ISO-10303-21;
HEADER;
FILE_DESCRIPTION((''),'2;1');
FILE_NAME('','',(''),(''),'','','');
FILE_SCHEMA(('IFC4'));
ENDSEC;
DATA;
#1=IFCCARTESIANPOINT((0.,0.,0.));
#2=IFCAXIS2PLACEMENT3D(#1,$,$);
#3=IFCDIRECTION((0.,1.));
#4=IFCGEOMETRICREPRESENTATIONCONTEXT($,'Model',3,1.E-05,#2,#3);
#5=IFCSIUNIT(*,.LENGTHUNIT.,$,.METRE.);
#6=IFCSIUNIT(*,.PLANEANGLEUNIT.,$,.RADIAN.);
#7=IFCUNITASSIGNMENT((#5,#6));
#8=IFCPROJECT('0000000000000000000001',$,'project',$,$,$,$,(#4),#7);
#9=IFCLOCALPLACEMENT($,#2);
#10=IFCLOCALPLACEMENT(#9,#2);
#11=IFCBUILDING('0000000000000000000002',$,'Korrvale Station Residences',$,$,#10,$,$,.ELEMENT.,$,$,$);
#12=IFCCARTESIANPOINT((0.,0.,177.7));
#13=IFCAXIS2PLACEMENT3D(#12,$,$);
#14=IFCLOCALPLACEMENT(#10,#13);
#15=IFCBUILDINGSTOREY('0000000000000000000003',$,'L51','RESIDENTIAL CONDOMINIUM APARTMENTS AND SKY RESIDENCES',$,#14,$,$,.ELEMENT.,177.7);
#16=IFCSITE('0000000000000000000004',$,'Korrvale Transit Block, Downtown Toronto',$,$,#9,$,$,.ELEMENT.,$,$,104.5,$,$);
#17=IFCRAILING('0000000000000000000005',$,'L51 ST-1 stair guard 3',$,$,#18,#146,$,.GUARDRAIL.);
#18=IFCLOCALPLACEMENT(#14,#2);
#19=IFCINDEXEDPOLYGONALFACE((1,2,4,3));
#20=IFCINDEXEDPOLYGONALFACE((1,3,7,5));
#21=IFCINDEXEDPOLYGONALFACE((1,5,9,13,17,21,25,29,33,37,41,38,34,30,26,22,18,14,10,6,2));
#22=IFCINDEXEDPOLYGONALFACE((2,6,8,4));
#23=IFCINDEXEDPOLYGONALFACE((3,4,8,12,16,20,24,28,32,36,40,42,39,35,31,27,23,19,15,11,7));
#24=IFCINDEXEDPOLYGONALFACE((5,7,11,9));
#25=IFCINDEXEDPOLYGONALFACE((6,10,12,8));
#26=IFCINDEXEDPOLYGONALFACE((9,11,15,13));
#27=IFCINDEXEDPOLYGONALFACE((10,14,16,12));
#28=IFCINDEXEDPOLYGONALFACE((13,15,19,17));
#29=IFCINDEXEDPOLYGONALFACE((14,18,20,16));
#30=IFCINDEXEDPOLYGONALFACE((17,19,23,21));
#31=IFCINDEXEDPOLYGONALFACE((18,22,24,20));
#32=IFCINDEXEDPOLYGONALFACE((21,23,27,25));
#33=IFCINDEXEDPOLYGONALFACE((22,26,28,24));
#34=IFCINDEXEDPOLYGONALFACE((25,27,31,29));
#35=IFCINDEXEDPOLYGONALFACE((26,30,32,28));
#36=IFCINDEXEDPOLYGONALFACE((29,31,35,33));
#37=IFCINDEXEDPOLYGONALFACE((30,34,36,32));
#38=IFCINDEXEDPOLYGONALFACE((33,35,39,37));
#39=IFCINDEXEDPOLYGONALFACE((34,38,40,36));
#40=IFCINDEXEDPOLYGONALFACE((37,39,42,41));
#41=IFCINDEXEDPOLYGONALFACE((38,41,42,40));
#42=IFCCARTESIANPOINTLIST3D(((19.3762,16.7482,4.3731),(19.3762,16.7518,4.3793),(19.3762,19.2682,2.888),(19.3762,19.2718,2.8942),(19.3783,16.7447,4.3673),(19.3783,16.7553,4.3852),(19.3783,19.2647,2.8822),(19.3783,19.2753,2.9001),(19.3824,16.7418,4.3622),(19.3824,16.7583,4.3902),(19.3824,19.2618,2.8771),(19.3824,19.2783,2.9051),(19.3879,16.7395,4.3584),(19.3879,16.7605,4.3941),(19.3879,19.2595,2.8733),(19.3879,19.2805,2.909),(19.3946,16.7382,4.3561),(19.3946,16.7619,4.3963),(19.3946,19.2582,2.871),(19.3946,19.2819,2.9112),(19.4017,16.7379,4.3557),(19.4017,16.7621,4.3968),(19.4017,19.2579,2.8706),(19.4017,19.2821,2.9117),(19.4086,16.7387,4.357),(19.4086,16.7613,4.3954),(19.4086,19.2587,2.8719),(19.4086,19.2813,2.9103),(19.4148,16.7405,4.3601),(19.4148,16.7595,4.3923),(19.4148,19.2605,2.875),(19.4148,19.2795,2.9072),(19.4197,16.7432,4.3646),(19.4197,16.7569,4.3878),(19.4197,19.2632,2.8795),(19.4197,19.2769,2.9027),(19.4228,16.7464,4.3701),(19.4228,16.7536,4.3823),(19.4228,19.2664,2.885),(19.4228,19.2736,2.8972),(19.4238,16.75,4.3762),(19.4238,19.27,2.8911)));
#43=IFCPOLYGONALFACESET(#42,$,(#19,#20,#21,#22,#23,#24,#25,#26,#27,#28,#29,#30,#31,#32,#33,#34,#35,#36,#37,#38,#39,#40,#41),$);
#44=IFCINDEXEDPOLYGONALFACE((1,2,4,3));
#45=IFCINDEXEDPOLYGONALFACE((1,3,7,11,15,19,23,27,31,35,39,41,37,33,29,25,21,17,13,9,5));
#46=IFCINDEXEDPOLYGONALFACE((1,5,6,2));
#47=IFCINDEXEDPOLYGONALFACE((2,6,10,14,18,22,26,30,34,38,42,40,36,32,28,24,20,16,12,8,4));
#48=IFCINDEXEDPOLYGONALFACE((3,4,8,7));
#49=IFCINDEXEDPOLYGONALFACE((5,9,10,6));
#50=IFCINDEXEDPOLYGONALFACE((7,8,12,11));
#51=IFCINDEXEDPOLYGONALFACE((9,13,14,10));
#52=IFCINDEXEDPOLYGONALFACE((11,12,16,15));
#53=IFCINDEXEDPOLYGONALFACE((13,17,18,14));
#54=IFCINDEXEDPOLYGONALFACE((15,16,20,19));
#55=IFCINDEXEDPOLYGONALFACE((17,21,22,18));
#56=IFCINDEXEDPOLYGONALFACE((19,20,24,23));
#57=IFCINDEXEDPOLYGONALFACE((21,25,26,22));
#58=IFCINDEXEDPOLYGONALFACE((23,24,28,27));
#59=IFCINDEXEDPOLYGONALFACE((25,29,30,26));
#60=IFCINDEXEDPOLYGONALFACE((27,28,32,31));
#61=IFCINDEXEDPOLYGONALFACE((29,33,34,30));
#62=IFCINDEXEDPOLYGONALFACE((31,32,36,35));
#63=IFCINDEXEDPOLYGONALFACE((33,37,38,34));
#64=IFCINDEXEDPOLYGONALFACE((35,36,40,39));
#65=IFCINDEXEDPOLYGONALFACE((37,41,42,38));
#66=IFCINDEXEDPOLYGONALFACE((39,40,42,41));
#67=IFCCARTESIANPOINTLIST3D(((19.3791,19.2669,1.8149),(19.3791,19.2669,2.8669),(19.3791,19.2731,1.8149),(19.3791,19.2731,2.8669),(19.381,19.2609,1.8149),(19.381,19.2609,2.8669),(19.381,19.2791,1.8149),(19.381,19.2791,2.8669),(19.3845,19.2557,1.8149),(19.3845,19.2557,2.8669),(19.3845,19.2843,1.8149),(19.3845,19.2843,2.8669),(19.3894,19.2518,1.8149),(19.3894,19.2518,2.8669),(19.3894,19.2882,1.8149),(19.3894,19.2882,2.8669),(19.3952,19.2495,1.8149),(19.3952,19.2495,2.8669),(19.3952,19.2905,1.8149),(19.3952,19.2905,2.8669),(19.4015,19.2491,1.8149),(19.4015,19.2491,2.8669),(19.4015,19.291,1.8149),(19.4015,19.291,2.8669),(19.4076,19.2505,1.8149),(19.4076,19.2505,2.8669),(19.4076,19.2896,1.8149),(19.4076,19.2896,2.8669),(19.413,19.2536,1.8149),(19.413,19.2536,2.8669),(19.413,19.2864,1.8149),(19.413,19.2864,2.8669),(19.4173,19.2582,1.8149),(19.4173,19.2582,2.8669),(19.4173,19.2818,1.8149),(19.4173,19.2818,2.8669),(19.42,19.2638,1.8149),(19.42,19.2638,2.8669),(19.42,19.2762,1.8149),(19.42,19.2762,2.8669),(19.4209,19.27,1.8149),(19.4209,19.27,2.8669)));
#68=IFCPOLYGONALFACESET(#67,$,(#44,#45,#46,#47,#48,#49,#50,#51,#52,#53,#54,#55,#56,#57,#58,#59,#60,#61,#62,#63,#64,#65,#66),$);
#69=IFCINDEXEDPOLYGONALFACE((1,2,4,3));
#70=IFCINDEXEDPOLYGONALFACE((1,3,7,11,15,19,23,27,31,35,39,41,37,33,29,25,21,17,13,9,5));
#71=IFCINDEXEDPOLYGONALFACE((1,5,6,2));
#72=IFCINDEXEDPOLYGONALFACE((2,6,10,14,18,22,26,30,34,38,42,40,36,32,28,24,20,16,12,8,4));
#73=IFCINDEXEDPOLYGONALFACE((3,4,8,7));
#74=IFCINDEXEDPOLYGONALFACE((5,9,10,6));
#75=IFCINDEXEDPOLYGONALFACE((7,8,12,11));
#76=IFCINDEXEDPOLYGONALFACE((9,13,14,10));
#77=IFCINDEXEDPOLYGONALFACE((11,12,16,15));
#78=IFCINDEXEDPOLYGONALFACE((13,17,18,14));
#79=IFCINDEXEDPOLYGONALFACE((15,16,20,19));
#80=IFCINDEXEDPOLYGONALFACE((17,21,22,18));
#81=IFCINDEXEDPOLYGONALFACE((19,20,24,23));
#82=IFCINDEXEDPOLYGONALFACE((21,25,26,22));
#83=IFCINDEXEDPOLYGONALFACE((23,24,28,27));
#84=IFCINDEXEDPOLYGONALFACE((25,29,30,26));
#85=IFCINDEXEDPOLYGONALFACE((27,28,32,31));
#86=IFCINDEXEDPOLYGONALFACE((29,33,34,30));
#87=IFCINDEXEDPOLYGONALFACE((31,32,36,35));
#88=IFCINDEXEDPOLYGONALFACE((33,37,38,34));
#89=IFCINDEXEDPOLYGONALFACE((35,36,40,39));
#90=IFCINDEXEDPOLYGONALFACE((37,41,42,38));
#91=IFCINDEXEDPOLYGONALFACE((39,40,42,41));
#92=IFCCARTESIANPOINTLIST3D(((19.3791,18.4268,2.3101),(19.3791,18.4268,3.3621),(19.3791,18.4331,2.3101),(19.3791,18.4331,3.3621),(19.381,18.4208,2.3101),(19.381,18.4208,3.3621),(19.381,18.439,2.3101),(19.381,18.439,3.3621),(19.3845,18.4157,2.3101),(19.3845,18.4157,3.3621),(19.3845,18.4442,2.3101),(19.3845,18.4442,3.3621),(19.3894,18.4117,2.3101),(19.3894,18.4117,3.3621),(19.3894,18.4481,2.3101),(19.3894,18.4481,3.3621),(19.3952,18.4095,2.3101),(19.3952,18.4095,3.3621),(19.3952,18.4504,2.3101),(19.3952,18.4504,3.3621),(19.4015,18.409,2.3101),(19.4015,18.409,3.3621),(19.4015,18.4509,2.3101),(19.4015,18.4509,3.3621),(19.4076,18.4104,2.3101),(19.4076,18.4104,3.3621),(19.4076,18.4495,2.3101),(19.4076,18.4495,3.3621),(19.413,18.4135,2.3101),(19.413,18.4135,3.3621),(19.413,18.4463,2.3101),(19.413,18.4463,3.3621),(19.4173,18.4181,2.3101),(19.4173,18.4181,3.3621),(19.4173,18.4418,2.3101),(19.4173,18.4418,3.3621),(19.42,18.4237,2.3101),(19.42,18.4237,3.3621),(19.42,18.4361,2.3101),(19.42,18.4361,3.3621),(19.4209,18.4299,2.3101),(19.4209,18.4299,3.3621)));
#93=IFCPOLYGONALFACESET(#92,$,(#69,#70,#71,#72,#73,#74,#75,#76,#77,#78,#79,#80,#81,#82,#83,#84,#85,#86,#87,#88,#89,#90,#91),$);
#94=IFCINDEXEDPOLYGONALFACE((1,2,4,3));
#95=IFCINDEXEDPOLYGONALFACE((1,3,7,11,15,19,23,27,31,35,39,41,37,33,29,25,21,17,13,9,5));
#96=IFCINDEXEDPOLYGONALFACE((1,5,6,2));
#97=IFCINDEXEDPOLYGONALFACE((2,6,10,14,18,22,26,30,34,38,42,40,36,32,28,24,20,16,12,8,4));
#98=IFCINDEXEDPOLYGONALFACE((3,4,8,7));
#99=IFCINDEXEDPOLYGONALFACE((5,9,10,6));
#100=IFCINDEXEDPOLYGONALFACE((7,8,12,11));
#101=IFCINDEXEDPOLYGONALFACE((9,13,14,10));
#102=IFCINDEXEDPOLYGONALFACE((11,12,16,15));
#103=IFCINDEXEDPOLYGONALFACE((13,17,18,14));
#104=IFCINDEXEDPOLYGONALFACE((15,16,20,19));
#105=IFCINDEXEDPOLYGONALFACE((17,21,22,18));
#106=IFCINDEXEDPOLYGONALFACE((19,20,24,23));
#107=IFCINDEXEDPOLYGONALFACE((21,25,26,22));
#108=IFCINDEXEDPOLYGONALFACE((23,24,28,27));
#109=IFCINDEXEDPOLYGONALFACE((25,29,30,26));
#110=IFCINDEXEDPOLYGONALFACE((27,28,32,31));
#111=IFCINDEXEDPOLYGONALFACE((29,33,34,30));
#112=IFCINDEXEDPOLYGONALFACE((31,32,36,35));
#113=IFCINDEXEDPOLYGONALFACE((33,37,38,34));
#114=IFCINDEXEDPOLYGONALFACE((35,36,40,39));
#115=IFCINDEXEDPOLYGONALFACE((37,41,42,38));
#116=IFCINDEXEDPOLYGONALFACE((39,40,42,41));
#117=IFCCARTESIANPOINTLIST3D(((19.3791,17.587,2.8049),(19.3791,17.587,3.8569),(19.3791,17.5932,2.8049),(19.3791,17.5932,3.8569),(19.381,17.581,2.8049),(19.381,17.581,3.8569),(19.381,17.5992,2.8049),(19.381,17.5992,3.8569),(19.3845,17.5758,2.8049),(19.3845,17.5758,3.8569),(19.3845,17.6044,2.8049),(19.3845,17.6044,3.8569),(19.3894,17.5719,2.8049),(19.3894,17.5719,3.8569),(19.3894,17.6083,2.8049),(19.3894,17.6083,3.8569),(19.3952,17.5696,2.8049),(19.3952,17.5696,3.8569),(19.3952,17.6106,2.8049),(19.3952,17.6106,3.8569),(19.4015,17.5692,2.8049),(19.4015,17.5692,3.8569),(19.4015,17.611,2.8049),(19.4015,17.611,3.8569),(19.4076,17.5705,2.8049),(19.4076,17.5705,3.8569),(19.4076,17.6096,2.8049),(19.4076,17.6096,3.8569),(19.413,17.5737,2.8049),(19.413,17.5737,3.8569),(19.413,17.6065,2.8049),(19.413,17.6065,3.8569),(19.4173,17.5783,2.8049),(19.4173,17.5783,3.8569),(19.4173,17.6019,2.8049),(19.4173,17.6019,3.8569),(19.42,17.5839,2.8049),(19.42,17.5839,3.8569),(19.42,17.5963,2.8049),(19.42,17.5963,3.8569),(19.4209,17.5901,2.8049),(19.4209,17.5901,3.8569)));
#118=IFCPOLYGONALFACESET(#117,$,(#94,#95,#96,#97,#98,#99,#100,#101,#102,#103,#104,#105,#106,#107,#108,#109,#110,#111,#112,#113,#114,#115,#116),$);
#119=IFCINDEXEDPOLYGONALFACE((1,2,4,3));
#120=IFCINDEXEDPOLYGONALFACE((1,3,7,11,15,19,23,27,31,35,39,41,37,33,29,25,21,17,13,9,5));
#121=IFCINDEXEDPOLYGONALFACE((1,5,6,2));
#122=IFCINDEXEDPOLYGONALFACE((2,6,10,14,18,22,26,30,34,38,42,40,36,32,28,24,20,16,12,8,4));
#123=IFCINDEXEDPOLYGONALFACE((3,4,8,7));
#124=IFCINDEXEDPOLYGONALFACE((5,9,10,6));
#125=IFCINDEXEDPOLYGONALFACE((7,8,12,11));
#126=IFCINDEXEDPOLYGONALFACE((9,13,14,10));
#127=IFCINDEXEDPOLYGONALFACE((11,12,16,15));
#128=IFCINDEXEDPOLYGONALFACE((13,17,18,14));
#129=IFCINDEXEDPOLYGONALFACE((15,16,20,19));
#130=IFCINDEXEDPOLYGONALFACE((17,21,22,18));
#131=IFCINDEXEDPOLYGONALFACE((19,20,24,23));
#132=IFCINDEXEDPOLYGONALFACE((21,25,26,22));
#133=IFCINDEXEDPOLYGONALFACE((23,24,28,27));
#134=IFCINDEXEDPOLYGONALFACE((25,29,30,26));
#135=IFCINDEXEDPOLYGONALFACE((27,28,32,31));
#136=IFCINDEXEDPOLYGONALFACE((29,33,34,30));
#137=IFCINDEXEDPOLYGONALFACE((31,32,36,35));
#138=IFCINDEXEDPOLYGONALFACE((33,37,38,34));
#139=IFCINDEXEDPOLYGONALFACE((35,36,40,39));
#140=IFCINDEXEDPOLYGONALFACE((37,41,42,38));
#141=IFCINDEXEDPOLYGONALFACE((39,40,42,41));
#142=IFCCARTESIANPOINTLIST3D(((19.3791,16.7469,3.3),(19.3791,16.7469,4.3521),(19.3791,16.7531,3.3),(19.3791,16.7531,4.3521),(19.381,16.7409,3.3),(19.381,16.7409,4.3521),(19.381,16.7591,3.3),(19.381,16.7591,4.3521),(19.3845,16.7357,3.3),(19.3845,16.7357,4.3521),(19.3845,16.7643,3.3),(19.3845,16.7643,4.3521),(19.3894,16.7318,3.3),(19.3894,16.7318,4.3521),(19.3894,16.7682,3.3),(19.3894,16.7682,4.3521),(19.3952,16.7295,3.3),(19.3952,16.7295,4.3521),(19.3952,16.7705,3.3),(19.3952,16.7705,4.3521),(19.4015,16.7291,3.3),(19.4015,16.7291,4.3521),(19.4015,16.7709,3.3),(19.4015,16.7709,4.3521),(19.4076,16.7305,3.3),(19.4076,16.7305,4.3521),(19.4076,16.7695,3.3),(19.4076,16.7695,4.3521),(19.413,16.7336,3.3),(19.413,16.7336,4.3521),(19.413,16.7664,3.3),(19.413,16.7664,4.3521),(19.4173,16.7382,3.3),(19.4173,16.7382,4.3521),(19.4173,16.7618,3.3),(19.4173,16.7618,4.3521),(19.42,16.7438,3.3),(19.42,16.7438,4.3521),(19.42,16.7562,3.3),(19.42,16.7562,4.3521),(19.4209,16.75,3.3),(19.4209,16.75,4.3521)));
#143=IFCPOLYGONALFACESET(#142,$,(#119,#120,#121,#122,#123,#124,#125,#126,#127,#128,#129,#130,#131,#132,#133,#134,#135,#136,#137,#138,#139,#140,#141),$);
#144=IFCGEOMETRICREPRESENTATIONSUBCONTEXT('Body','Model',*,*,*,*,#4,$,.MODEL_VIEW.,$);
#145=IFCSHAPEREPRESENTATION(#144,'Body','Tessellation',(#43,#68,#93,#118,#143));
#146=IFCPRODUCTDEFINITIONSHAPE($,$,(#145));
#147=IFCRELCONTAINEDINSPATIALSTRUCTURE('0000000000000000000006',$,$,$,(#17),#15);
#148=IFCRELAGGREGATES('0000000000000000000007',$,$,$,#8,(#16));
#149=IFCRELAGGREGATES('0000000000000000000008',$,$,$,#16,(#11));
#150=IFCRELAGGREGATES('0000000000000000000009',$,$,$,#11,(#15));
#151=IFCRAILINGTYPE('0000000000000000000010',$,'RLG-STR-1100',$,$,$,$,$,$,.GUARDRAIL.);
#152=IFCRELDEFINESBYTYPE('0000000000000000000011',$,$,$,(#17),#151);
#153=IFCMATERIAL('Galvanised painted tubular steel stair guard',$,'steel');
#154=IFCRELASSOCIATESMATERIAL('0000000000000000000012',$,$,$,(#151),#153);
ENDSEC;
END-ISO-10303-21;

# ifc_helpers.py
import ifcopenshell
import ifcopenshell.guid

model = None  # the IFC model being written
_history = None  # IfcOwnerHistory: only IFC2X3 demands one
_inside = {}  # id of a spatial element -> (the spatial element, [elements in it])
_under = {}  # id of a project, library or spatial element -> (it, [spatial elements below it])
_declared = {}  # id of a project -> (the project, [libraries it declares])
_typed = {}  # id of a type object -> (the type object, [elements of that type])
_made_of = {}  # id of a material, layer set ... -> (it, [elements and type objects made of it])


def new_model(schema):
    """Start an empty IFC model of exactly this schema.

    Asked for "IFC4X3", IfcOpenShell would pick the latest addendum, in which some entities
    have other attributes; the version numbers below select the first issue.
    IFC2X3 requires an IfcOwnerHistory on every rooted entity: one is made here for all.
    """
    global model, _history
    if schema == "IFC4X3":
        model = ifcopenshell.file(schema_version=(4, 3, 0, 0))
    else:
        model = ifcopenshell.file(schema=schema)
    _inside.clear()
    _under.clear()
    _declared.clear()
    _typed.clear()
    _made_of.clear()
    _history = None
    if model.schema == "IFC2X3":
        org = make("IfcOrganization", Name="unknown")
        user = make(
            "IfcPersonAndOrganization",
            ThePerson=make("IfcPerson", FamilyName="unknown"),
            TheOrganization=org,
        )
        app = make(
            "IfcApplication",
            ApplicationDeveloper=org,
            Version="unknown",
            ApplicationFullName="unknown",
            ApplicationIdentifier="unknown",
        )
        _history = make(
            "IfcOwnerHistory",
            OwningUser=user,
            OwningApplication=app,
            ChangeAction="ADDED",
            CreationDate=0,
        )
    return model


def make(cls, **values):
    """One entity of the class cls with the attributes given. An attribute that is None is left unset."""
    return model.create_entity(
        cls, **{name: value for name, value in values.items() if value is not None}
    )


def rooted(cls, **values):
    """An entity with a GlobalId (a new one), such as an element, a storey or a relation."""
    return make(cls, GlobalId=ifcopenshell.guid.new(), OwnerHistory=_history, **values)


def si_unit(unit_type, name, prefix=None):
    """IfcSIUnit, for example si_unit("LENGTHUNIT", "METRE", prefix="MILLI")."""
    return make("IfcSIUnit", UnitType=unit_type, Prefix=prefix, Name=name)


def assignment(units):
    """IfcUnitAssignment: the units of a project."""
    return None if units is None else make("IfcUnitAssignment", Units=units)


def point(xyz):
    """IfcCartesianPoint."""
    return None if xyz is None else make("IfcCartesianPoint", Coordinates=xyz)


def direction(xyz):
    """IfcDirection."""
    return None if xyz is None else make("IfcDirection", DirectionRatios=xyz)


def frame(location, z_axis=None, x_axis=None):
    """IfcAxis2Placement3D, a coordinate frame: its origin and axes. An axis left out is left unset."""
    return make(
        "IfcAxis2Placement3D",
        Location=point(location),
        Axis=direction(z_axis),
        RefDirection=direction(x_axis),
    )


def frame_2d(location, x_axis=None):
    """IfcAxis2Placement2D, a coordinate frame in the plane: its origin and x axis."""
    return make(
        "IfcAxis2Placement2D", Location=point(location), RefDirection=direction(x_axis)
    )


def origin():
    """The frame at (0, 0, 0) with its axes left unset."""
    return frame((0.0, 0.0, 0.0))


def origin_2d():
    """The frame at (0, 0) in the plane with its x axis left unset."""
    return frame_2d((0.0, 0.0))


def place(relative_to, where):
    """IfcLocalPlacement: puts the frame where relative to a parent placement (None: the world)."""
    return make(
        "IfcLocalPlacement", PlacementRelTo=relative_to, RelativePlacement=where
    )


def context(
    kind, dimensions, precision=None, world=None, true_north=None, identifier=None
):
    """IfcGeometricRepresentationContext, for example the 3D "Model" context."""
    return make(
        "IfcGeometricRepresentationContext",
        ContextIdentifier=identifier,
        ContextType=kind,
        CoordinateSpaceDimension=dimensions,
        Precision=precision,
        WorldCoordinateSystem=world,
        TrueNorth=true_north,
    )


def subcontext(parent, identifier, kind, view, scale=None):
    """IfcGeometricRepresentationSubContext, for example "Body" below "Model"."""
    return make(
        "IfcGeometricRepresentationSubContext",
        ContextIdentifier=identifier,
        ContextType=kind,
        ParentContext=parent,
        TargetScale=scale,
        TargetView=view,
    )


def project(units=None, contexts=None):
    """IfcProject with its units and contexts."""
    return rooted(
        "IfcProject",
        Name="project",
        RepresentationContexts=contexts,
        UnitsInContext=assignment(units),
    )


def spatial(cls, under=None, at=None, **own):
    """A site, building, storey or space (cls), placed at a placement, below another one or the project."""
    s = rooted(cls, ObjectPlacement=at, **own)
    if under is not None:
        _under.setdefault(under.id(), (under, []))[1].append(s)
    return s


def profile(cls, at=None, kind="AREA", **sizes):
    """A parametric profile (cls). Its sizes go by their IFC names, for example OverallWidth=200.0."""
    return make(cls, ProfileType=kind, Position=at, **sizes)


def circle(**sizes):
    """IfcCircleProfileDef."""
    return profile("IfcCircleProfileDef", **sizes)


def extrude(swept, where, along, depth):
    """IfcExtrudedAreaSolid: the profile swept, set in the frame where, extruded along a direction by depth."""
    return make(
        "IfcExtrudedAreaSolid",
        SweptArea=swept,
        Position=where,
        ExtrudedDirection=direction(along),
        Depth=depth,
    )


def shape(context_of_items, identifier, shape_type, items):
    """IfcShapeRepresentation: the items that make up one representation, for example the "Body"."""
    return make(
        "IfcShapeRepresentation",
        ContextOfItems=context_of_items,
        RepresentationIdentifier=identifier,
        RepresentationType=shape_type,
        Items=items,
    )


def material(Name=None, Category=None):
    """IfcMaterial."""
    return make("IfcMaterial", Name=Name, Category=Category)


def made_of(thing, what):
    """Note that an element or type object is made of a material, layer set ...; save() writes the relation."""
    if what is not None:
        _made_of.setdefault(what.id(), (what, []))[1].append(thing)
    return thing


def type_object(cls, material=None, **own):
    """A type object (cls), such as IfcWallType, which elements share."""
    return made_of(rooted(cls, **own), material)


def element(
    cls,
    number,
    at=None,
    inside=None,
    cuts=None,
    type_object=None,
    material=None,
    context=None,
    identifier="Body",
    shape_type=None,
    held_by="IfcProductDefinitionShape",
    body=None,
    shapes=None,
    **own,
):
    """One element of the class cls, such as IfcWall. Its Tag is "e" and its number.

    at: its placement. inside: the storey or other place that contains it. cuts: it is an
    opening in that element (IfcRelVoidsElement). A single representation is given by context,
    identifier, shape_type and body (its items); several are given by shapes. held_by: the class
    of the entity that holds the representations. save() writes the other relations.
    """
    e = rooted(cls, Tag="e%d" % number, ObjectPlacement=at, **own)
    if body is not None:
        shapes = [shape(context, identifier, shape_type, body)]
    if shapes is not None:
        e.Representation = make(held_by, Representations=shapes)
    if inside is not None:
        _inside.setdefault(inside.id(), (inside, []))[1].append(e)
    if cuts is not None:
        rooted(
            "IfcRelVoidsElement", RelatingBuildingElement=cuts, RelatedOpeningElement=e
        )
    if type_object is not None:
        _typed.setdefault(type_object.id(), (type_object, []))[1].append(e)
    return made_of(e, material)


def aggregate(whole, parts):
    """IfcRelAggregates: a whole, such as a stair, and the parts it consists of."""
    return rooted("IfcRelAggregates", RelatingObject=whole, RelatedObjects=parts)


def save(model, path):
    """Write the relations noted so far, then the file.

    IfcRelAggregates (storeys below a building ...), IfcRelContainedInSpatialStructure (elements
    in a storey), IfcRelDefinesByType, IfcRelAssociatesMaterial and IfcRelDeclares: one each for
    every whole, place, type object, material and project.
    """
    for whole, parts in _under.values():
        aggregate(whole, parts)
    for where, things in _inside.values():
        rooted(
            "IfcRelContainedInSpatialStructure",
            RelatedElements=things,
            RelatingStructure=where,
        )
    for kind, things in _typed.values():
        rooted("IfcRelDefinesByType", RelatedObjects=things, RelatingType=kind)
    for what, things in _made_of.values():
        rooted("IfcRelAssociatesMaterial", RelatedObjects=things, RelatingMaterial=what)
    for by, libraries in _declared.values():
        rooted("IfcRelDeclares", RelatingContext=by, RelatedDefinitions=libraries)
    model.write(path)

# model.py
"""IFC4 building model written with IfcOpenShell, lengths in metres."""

from ifc_helpers import new_model, si_unit, direction, frame, origin, origin_2d, place, context, subcontext, project, spatial, circle, extrude, material, type_object, element, save


model = new_model("IFC4")

# Units and contexts
model_context = context("Model", 3, precision=1e-05, world=origin(), true_north=direction((0.0, 1.0)))
body_context = subcontext(model_context, "Body", "Model", "MODEL_VIEW")
ifc_project = project(units=[si_unit("LENGTHUNIT", "METRE"), si_unit("PLANEANGLEUNIT", "RADIAN")], contexts=[model_context])

# Site, building, storey
site_placement = place(None, origin())
site = spatial("IfcSite", under=ifc_project, at=site_placement, Name="Korrvale Transit Block, Downtown Toronto", CompositionType="ELEMENT", RefElevation=104.5)
building_placement = place(site_placement, origin())
building = spatial("IfcBuilding", under=site, at=building_placement, Name="Korrvale Station Residences", CompositionType="ELEMENT")
storey_placement = place(building_placement, frame((0.0, 0.0, 177.7)))
storey = spatial("IfcBuildingStorey", under=building, at=storey_placement, Name="L51", Description="RESIDENTIAL CONDOMINIUM APARTMENTS AND SKY RESIDENCES", CompositionType="ELEMENT", Elevation=177.7)

# Railing
ifc_material_1 = material(Name="Galvanised painted tubular steel stair guard", Category="steel")
railing_type_1 = type_object("IfcRailingType", Name="RLG-STR-1100", PredefinedType="GUARDRAIL", material=ifc_material_1)
railing_1_placement = place(storey_placement, frame((19.3999, 19.27, 1.8149)))
element("IfcRailing", 1, at=railing_1_placement, inside=storey, type_object=railing_type_1, Name="L51 ST-1 stair guard 3", PredefinedType="GUARDRAIL", context=body_context, shape_type="SweptSolid", body=[
    extrude(circle(Radius=0.0239, at=origin_2d()), frame((0.0, 0.0, 1.0762), z_axis=(0.0, -0.861524, 0.507717), x_axis=(1.0, 0.0, 0.0)), (0.0, 0.0, 1.0), 2.925),
    extrude(circle(Radius=0.021, at=origin_2d()), origin(), (0.0, 0.0, 1.0), 1.052),
    extrude(circle(Radius=0.021, at=origin_2d()), frame((0.0, -0.8401, 0.4951)), (0.0, 0.0, 1.0), 1.052),
    extrude(circle(Radius=0.021, at=origin_2d()), frame((0.0, -1.6799, 0.99)), (0.0, 0.0, 1.0), 1.052),
    extrude(circle(Radius=0.021, at=origin_2d()), frame((0.0, -2.52, 1.4851)), (0.0, 0.0, 1.0), 1.052),
])

save(model, "model.ifc")
